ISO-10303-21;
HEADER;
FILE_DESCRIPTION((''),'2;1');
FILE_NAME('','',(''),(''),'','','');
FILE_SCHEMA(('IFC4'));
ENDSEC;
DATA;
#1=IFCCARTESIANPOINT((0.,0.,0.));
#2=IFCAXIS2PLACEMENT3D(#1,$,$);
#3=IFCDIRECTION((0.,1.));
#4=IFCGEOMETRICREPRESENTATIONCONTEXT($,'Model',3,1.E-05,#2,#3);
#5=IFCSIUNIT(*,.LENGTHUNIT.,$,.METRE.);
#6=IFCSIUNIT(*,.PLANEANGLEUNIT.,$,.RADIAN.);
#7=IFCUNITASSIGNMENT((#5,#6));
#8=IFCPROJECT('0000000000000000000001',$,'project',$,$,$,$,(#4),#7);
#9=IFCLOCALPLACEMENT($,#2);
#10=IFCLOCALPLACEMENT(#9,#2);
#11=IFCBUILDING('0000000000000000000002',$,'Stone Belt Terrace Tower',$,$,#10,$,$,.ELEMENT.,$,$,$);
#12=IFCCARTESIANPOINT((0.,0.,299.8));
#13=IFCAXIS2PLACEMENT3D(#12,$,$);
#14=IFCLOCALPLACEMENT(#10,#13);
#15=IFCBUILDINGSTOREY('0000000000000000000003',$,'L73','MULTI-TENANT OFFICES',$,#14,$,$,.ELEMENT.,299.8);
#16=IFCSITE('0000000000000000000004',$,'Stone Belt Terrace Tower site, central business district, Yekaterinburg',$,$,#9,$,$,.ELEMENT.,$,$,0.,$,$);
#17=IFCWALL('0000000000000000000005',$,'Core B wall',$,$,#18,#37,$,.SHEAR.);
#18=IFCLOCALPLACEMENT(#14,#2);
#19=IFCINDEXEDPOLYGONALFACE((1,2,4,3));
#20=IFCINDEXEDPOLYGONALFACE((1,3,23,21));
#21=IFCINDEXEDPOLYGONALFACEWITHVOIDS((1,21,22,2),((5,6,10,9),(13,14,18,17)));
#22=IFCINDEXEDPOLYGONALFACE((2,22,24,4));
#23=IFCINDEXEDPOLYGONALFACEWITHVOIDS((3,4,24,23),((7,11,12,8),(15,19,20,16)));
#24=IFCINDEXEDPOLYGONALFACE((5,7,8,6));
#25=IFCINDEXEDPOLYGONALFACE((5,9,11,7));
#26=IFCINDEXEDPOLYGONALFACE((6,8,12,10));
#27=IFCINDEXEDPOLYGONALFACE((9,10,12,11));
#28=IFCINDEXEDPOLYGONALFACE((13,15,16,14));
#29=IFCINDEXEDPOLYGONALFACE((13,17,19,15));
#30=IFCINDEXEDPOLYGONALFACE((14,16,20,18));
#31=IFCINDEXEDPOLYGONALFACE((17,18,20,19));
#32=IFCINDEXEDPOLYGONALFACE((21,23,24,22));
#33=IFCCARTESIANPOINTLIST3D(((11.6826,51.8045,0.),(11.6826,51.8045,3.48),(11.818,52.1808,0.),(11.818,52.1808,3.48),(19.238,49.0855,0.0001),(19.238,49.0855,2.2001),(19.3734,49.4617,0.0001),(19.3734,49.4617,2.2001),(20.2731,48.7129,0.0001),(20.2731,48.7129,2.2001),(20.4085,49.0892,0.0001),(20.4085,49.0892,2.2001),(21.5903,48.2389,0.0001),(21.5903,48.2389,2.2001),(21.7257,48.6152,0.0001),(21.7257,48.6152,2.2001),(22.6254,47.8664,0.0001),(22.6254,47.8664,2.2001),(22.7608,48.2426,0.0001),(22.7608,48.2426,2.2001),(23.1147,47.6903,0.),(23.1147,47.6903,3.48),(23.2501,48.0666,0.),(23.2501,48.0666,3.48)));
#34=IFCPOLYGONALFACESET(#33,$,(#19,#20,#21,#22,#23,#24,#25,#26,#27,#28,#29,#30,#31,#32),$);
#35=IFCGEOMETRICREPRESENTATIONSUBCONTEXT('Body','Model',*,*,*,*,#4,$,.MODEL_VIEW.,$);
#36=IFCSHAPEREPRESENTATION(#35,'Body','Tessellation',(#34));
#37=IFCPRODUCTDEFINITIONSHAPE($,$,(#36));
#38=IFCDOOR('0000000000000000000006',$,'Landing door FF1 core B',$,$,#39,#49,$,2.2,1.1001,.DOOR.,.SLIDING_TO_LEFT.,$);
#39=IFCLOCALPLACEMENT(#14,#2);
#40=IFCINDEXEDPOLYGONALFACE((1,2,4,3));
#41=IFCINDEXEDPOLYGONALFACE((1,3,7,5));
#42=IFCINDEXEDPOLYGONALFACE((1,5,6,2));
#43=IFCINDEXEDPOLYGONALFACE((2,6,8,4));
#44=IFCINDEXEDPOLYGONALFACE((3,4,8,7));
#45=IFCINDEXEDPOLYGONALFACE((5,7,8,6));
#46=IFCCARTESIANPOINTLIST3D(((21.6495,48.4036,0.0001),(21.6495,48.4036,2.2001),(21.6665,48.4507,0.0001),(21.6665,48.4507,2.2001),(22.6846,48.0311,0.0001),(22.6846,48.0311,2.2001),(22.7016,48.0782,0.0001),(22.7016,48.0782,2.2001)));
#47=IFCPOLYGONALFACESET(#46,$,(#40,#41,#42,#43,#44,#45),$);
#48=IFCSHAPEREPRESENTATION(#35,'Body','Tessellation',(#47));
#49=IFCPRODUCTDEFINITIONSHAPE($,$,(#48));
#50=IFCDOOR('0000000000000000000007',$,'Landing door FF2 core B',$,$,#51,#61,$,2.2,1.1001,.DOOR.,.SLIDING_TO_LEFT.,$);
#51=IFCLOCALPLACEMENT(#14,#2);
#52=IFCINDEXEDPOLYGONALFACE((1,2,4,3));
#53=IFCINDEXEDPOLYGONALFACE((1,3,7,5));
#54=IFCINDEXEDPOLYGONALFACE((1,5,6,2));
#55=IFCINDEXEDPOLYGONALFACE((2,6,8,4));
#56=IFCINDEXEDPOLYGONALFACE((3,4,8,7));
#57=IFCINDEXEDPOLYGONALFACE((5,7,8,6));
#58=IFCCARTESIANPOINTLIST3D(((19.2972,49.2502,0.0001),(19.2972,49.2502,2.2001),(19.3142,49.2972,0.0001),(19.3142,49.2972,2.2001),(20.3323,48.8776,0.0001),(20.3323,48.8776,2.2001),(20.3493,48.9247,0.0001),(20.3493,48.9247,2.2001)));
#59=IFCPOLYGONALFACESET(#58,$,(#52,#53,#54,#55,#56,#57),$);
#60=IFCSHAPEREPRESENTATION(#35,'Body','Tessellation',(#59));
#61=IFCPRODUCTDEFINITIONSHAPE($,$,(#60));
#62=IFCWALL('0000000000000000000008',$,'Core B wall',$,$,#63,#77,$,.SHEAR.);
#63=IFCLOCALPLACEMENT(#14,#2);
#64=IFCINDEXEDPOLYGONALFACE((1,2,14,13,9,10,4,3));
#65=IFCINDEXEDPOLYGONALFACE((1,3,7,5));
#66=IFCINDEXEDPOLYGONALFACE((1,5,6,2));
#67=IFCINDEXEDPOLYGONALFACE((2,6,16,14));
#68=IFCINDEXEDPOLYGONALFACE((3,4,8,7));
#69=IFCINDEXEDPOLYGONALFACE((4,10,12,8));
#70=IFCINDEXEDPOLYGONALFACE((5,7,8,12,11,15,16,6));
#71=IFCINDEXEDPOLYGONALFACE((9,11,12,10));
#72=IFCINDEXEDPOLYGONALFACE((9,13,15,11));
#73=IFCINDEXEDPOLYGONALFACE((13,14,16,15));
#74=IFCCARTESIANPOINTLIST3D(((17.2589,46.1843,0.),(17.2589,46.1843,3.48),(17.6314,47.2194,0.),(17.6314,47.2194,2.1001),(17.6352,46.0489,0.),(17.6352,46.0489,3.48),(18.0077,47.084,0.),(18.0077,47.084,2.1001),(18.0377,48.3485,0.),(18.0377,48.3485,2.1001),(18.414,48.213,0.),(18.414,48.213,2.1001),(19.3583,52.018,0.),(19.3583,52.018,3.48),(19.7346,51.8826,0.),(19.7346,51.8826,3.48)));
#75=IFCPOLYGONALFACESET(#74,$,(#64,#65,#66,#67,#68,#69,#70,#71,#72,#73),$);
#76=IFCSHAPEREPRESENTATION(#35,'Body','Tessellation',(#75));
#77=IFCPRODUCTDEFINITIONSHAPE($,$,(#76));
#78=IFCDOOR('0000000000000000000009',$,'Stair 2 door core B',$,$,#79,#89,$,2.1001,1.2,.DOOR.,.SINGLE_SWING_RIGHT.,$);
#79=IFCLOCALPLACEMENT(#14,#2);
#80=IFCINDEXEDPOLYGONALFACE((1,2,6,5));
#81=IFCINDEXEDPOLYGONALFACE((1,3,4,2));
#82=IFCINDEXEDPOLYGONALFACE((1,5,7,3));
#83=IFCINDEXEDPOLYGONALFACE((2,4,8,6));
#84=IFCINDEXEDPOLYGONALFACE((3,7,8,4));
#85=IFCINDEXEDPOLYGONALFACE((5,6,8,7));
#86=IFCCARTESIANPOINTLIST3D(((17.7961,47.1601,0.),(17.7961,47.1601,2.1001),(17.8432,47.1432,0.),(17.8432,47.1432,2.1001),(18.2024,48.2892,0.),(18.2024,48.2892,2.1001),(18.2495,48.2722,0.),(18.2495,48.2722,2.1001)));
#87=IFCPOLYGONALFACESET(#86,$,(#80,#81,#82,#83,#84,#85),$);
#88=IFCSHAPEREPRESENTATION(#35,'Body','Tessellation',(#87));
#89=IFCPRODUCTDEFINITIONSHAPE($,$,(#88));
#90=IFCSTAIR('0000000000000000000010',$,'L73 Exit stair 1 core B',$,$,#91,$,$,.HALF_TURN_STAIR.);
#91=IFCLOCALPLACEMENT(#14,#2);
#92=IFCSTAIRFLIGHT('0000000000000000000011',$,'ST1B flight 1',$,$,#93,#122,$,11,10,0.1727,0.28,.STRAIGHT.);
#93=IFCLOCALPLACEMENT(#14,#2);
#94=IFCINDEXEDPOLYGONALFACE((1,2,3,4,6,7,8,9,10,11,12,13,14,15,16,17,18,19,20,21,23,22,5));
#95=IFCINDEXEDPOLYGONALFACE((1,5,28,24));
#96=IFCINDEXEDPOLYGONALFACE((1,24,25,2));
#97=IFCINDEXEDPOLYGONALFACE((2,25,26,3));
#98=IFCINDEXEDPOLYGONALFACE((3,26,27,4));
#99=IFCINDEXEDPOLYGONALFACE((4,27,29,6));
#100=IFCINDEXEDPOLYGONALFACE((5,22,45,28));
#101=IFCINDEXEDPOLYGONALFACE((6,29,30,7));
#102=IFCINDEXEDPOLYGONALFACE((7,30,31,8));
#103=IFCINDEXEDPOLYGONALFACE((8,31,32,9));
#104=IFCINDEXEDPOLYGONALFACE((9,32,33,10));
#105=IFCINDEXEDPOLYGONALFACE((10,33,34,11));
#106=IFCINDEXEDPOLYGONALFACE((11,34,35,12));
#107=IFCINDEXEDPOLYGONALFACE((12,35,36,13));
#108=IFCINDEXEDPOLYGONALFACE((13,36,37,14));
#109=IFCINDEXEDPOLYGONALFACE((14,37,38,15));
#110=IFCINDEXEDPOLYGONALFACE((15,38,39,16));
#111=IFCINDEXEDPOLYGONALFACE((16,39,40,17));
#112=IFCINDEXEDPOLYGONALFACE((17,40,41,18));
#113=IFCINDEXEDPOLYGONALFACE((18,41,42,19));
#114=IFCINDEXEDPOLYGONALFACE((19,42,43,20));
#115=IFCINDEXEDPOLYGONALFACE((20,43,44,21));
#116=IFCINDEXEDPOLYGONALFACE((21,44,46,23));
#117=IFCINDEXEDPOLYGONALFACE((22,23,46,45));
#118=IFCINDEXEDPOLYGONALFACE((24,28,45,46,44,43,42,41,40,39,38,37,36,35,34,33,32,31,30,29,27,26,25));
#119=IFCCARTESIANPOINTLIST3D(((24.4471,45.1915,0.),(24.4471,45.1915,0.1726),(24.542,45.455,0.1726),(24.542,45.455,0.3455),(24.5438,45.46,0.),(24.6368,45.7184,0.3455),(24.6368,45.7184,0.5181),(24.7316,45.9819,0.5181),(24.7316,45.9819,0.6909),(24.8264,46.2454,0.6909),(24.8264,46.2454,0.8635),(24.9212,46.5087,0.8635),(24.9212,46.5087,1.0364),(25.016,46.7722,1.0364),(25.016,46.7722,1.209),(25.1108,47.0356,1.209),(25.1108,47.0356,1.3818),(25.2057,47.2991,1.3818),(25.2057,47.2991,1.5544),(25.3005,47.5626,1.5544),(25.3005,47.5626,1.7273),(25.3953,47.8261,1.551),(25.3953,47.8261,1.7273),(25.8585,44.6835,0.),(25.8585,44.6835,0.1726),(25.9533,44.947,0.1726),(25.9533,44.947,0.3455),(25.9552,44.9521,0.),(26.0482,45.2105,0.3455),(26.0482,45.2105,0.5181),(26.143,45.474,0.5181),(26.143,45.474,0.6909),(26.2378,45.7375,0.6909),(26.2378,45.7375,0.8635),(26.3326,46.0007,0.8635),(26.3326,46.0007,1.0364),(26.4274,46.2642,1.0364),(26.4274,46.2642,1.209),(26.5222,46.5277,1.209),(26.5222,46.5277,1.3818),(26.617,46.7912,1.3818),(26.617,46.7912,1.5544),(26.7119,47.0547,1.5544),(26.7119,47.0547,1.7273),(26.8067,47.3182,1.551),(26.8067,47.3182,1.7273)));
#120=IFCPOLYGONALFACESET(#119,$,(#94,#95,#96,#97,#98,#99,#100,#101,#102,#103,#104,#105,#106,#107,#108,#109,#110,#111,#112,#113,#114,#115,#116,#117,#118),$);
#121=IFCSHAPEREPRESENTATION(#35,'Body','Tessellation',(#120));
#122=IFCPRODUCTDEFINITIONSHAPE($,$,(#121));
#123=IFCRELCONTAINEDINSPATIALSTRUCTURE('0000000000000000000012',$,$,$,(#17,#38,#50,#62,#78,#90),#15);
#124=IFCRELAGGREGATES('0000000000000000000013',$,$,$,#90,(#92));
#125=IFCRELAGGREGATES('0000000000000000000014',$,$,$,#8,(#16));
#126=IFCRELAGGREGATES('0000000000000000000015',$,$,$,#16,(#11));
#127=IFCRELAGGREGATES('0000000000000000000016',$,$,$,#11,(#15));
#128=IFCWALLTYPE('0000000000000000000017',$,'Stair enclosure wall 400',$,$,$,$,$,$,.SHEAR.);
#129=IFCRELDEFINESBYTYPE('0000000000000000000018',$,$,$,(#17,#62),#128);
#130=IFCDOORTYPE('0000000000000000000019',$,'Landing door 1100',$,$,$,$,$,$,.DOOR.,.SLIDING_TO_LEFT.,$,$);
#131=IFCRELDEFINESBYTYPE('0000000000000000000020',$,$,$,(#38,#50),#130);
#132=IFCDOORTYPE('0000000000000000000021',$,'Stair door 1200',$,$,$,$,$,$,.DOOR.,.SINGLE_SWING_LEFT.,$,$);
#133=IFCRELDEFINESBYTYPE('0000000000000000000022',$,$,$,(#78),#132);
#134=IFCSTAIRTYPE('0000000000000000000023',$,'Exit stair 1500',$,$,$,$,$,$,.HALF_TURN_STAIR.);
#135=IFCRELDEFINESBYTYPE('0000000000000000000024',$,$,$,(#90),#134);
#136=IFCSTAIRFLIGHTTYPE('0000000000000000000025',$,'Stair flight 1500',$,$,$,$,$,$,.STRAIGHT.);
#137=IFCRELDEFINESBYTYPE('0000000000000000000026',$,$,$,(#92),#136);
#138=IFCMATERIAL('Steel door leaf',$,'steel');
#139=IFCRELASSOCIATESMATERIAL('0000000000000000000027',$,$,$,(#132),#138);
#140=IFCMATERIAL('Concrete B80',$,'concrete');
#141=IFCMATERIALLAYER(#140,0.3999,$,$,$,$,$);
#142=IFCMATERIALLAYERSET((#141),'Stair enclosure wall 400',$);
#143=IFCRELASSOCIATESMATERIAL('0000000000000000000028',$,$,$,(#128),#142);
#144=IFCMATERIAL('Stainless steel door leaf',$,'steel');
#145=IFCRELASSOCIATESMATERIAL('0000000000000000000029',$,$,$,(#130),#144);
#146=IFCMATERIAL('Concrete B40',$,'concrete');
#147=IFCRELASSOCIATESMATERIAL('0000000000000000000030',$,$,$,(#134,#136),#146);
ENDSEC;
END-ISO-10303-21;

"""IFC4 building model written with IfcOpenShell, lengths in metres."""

from ifc_helpers import new_model, si_unit, direction, frame, frame_2d, origin, place, context, subcontext, project, spatial, polyline, rectangle, outline, extrude, material, layer, layer_set, type_object, element, fill, aggregate, save


model = new_model("IFC4")

# Units and contexts
model_context = context("Model", 3, precision=1e-05, world=origin(), true_north=direction((0.0, 1.0)))
body_context = subcontext(model_context, "Body", "Model", "MODEL_VIEW")
ifc_project = project(units=[si_unit("LENGTHUNIT", "METRE"), si_unit("PLANEANGLEUNIT", "RADIAN")], contexts=[model_context])

# Site, building, storey
site_placement = place(None, origin())
site = spatial("IfcSite", under=ifc_project, at=site_placement, Name="Stone Belt Terrace Tower site, central business district, Yekaterinburg", CompositionType="ELEMENT", RefElevation=0.0)
building_placement = place(site_placement, origin())
building = spatial("IfcBuilding", under=site, at=building_placement, Name="Stone Belt Terrace Tower", CompositionType="ELEMENT")
storey_placement = place(building_placement, frame((0.0, 0.0, 299.8)))
storey = spatial("IfcBuildingStorey", under=building, at=storey_placement, Name="L73", Description="MULTI-TENANT OFFICES", CompositionType="ELEMENT", Elevation=299.8)

# Shared definitions
ifc_material_1 = material(Name="Steel door leaf", Category="steel")
door_type_1 = type_object("IfcDoorType", Name="Stair door 1200", OperationType="SINGLE_SWING_LEFT", PredefinedType="DOOR", material=ifc_material_1)
ifc_material_2 = material(Name="Concrete B80", Category="concrete")
ifc_layer_1 = layer(ifc_material_2, 0.3999)
ifc_layer_set_1 = layer_set([ifc_layer_1], Name="Stair enclosure wall 400")
wall_type_1 = type_object("IfcWallType", Name="Stair enclosure wall 400", PredefinedType="SHEAR", material=ifc_layer_set_1)

# Wall, openings, doors
wall_1_placement = place(storey_placement, frame((23.1824, 47.8784, 0.0), z_axis=(0.0, 0.0, 1.0), x_axis=(-0.940922, 0.338624, 0.0)))
wall_1 = element("IfcWall", 1, at=wall_1_placement, inside=storey, type_object=wall_type_1, Name="Core B wall", PredefinedType="SHEAR", context=body_context, shape_type="SweptSolid", body=[
    extrude(rectangle(XDim=12.1499, YDim=0.3999, at=frame_2d((6.075, 0.0))), origin(), (0.0, 0.0, 1.0), 3.48),
])
opening_1_placement = place(wall_1_placement, frame((0.52, 0.0, 0.0)))
opening_1 = element("IfcOpeningElement", 2, at=opening_1_placement, cuts=wall_1, PredefinedType="OPENING", context=body_context, shape_type="SweptSolid", body=[
    extrude(rectangle(XDim=1.1001, YDim=2.2, at=frame_2d((0.55, 1.1001))), frame((0.0, 0.21, 0.0), z_axis=(0.0, -1.0, 0.0), x_axis=(1.0, 0.0, 0.0)), (0.0, 0.0, 1.0), 0.4199),
])
opening_2_placement = place(wall_1_placement, frame((3.02, 0.0, 0.0)))
opening_2 = element("IfcOpeningElement", 3, at=opening_2_placement, cuts=wall_1, PredefinedType="OPENING", context=body_context, shape_type="SweptSolid", body=[
    extrude(rectangle(XDim=1.1001, YDim=2.2, at=frame_2d((0.55, 1.1001))), frame((0.0, 0.21, 0.0), z_axis=(0.0, -1.0, 0.0), x_axis=(1.0, 0.0, 0.0)), (0.0, 0.0, 1.0), 0.4199),
])
ifc_material_3 = material(Name="Stainless steel door leaf", Category="steel")
door_type_2 = type_object("IfcDoorType", Name="Landing door 1100", OperationType="SLIDING_TO_LEFT", PredefinedType="DOOR", material=ifc_material_3)
door_1_placement = place(opening_1_placement, origin())
door_1 = element("IfcDoor", 4, at=door_1_placement, inside=storey, type_object=door_type_2, Name="Landing door FF1 core B", OperationType="SLIDING_TO_LEFT", OverallHeight=2.2, OverallWidth=1.1001, PredefinedType="DOOR", context=body_context, shape_type="SweptSolid", body=[
    extrude(rectangle(XDim=1.1001, YDim=2.2, at=frame_2d((0.55, 1.1001))), frame((0.0, 0.0249, 0.0), z_axis=(0.0, -1.0, 0.0), x_axis=(1.0, 0.0, 0.0)), (0.0, 0.0, 1.0), 0.05),
])
fill(opening_1, door_1)
door_2_placement = place(opening_2_placement, origin())
door_2 = element("IfcDoor", 5, at=door_2_placement, inside=storey, type_object=door_type_2, Name="Landing door FF2 core B", OperationType="SLIDING_TO_LEFT", OverallHeight=2.2, OverallWidth=1.1001, PredefinedType="DOOR", context=body_context, shape_type="SweptSolid", body=[
    extrude(rectangle(XDim=1.1001, YDim=2.2, at=frame_2d((0.55, 1.1001))), frame((0.0, 0.0249, 0.0), z_axis=(0.0, -1.0, 0.0), x_axis=(1.0, 0.0, 0.0)), (0.0, 0.0, 1.0), 0.05),
])
fill(opening_2, door_2)

# Wall, opening, door
wall_2_placement = place(storey_placement, frame((17.447, 46.1165, 0.0), z_axis=(0.0, 0.0, 1.0), x_axis=(0.338608, 0.940928, 0.0)))
wall_2 = element("IfcWall", 6, at=wall_2_placement, inside=storey, type_object=wall_type_1, Name="Core B wall", PredefinedType="SHEAR", context=body_context, shape_type="SweptSolid", body=[
    extrude(rectangle(XDim=6.2, YDim=0.3999, at=frame_2d((3.1001, 0.0))), origin(), (0.0, 0.0, 1.0), 3.48),
])
opening_3_placement = place(wall_2_placement, frame((1.1001, 0.0, 0.0)))
opening_3 = element("IfcOpeningElement", 7, at=opening_3_placement, cuts=wall_2, PredefinedType="OPENING", context=body_context, shape_type="SweptSolid", body=[
    extrude(rectangle(XDim=1.2, YDim=2.1001, at=frame_2d((0.6001, 1.05))), frame((0.0, 0.21, 0.0), z_axis=(0.0, -1.0, 0.0), x_axis=(1.0, 0.0, 0.0)), (0.0, 0.0, 1.0), 0.4199),
])
door_3_placement = place(opening_3_placement, origin())
door_3 = element("IfcDoor", 8, at=door_3_placement, inside=storey, type_object=door_type_1, Name="Stair 2 door core B", OperationType="SINGLE_SWING_RIGHT", OverallHeight=2.1001, OverallWidth=1.2, PredefinedType="DOOR", context=body_context, shape_type="SweptSolid", body=[
    extrude(rectangle(XDim=1.2, YDim=2.1001, at=frame_2d((0.6001, 1.05))), frame((0.0, 0.0249, 0.0), z_axis=(0.0, -1.0, 0.0), x_axis=(1.0, 0.0, 0.0)), (0.0, 0.0, 1.0), 0.05),
])
fill(opening_3, door_3)

# Stair, stair flight
ifc_material_4 = material(Name="Concrete B40", Category="concrete")
stair_type = type_object("IfcStairType", Name="Exit stair 1500", PredefinedType="HALF_TURN_STAIR", material=ifc_material_4)
stair_placement = place(storey_placement, origin())
stair = element("IfcStair", 9, at=stair_placement, inside=storey, type_object=stair_type, Name="L73 Exit stair 1 core B", PredefinedType="HALF_TURN_STAIR")
stair_flight_type = type_object("IfcStairFlightType", Name="Stair flight 1500", PredefinedType="STRAIGHT", material=ifc_material_4)
stair_flight_placement = place(storey_placement, frame((25.1528, 44.9375, 0.0), z_axis=(0.0, 0.0, 1.0), x_axis=(0.338624, 0.940922, 0.0)))
stair_flight = element("IfcStairFlight", 10, at=stair_flight_placement, type_object=stair_flight_type, Name="ST1B flight 1", NumberOfRisers=11, NumberOfTreads=10, PredefinedType="STRAIGHT", RiserHeight=0.1727, TreadLength=0.28, context=body_context, shape_type="SweptSolid", body=[
    extrude(outline(polyline([(0.0, 0.0), (0.0, 0.1726), (0.28, 0.1726), (0.28, 0.3455), (0.5601, 0.3455), (0.5601, 0.5181), (0.8401, 0.5181), (0.8401, 0.6909), (1.1201, 0.6909), (1.1201, 0.8635), (1.3999, 0.8635), (1.3999, 1.0364), (1.6799, 1.0364), (1.6799, 1.209), (1.96, 1.209), (1.96, 1.3818), (2.24, 1.3818), (2.24, 1.5544), (2.52, 1.5544), (2.52, 1.7273), (2.8, 1.7273), (2.8, 1.8999), (2.8, 1.551), (0.2854, 0.0), (0.0, 0.0)])), frame((0.0, 0.75, 0.0), z_axis=(0.0, -1.0, 0.0), x_axis=(1.0, 0.0, 0.0)), (0.0, 0.0, 1.0), 1.5),
])
aggregate(stair, [stair_flight])

save(model, "model.ifc")
